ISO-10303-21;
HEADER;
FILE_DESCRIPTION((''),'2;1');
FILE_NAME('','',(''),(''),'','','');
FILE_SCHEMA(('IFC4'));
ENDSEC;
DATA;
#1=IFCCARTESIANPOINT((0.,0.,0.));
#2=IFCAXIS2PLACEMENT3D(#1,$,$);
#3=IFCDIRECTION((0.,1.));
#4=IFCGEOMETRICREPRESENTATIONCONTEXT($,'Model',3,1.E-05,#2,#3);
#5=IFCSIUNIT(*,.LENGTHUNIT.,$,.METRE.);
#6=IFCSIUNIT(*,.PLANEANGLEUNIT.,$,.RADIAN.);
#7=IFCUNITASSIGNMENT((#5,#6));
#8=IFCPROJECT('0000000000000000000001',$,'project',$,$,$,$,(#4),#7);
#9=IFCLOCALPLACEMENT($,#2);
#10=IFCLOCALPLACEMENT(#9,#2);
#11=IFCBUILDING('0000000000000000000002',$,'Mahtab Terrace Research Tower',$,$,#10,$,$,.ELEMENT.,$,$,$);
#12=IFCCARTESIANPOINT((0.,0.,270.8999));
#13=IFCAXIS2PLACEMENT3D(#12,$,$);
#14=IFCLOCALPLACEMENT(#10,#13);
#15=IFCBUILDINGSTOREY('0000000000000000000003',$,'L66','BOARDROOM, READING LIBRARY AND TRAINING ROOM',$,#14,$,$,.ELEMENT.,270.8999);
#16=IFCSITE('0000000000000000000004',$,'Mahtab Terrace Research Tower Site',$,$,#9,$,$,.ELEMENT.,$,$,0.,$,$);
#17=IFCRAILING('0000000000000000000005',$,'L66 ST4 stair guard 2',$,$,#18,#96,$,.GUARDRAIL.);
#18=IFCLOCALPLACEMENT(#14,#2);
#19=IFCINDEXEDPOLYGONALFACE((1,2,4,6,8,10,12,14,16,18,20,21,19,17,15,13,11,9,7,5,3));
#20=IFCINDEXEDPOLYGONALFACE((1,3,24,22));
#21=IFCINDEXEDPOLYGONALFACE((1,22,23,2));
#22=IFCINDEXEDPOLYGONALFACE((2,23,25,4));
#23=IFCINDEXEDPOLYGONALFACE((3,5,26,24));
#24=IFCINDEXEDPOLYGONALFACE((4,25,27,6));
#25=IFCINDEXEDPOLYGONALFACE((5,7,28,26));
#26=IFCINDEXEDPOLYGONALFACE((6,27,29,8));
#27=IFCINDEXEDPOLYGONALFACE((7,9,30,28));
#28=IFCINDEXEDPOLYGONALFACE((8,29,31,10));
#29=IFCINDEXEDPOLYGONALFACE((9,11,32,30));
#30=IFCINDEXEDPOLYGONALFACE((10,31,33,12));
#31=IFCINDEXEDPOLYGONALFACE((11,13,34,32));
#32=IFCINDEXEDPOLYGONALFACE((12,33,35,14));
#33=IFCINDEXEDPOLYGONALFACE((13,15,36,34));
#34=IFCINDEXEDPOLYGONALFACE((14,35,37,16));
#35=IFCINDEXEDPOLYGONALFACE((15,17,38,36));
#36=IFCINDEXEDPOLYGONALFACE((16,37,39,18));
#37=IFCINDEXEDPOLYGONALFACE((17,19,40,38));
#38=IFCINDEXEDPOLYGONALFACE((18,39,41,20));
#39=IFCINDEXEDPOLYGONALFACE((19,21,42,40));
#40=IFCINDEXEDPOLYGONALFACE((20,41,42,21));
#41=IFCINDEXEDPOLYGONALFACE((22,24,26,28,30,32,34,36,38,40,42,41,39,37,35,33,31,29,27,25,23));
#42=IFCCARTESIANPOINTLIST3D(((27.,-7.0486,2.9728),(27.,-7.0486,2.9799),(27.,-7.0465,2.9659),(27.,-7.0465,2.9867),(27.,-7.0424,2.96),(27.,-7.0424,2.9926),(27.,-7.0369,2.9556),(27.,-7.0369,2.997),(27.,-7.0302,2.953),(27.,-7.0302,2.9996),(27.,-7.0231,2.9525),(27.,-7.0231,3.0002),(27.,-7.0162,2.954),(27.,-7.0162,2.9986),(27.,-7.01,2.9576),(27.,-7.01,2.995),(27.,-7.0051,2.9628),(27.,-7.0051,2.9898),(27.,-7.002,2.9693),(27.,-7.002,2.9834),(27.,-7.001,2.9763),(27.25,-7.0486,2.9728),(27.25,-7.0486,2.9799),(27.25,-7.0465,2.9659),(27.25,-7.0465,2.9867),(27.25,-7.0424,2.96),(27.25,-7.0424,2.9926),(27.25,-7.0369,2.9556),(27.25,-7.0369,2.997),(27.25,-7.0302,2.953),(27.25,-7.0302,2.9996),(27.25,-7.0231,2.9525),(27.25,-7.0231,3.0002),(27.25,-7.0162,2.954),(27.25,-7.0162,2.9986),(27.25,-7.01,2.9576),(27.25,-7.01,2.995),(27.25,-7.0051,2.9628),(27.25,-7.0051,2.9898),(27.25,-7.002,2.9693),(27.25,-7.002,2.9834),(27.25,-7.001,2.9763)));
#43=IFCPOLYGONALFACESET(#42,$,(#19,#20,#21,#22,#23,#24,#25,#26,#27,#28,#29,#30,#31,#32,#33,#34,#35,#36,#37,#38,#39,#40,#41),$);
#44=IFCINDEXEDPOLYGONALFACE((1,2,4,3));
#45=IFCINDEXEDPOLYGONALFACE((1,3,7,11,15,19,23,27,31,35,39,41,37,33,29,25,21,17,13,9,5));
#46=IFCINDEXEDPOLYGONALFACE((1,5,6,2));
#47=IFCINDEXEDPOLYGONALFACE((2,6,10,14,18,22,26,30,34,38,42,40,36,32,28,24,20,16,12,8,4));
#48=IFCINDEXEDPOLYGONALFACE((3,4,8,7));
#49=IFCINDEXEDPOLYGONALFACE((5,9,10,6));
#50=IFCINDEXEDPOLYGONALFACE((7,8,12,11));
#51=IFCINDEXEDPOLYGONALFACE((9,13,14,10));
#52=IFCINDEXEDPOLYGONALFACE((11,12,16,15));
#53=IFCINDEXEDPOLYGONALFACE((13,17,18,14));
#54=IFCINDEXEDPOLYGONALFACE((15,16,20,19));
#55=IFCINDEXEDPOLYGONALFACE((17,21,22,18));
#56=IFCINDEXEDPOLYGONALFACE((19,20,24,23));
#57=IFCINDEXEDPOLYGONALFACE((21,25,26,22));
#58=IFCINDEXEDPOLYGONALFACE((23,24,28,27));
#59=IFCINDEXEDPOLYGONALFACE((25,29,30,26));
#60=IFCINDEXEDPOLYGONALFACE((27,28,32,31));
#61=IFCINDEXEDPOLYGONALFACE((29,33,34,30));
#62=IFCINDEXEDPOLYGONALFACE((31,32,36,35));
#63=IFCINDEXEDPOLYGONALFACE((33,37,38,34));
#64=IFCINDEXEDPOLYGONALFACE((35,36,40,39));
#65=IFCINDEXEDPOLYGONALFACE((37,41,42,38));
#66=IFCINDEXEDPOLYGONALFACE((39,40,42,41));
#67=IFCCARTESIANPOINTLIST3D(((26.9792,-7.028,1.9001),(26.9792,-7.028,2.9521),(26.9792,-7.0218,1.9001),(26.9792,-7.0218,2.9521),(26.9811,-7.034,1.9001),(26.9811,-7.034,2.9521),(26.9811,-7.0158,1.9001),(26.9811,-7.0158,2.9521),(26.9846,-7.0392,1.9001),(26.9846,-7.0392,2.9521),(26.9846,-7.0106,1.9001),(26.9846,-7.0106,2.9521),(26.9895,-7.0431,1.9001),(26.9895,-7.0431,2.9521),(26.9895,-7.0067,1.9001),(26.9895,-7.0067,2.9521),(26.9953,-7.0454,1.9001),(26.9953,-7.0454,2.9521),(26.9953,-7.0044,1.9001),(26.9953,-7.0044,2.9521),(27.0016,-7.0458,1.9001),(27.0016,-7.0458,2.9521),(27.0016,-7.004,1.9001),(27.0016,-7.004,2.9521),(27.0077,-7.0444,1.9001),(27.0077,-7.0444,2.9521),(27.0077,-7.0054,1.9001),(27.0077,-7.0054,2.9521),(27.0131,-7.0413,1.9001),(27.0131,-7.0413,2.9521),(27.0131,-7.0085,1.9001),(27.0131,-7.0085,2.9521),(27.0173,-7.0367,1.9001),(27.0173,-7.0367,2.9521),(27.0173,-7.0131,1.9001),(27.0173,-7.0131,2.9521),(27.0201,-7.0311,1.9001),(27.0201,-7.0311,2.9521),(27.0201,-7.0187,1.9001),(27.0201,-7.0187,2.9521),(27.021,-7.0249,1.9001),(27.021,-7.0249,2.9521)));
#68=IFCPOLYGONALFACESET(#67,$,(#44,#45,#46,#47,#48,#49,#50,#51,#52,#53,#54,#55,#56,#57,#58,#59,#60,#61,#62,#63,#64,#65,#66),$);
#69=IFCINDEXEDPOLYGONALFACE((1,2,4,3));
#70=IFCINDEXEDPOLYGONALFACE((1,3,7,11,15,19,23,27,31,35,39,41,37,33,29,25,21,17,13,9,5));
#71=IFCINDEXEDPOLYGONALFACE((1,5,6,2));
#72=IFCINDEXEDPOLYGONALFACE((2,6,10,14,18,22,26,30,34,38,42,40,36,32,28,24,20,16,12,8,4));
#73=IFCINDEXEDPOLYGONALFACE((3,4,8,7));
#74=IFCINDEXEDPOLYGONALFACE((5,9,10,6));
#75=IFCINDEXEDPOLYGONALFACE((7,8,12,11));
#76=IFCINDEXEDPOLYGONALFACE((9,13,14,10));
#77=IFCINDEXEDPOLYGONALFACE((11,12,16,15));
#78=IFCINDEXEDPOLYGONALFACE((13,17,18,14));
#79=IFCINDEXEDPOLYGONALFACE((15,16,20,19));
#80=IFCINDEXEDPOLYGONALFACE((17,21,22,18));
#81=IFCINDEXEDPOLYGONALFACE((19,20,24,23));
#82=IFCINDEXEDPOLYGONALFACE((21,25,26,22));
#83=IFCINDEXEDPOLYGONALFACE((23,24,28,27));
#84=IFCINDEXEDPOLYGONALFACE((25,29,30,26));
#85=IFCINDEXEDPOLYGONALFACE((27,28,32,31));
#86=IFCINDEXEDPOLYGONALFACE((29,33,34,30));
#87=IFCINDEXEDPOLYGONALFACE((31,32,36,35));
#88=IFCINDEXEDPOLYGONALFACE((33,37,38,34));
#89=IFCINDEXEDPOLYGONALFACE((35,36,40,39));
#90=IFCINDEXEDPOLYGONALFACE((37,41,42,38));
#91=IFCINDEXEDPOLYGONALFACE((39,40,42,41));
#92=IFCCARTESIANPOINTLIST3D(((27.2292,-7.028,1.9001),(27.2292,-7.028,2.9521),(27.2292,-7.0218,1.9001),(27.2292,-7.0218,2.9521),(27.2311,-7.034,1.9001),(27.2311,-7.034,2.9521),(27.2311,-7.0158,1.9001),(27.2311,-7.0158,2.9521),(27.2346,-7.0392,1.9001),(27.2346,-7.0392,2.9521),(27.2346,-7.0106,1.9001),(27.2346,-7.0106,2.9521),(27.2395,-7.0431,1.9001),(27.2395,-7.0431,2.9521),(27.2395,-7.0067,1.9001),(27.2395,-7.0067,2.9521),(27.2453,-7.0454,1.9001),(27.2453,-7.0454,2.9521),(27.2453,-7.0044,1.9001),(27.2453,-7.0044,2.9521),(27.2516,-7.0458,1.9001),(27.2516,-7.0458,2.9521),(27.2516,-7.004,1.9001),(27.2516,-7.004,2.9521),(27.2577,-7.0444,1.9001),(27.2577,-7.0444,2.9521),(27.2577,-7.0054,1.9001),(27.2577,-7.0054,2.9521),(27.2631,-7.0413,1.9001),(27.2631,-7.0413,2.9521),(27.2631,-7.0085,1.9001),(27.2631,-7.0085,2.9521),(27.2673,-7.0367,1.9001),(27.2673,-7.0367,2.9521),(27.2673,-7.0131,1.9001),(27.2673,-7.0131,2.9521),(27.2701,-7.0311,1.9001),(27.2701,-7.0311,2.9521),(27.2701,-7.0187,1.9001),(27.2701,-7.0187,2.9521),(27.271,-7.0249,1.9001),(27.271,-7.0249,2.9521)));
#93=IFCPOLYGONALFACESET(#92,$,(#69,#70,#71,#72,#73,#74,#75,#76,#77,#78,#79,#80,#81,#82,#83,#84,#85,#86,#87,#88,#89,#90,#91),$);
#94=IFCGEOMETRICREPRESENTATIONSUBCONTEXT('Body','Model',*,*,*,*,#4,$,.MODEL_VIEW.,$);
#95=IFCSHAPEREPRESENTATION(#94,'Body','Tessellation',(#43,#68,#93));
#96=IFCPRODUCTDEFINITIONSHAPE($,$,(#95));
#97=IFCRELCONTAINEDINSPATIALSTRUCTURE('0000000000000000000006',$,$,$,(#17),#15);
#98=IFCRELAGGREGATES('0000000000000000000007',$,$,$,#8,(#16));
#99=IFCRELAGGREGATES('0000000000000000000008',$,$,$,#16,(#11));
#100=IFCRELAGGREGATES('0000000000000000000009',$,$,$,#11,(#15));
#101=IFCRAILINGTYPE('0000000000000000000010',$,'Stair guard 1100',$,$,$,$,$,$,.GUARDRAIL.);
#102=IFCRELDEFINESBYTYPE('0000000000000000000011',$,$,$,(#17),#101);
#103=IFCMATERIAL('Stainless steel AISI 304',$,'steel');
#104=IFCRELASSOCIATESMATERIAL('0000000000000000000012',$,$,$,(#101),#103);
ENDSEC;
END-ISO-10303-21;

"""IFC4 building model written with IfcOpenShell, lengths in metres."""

from ifc_helpers import new_model, si_unit, direction, frame, origin, origin_2d, place, context, subcontext, project, spatial, circle, extrude, material, type_object, element, save


model = new_model("IFC4")

# Units and contexts
model_context = context("Model", 3, precision=1e-05, world=origin(), true_north=direction((0.0, 1.0)))
body_context = subcontext(model_context, "Body", "Model", "MODEL_VIEW")
ifc_project = project(units=[si_unit("LENGTHUNIT", "METRE"), si_unit("PLANEANGLEUNIT", "RADIAN")], contexts=[model_context])

# Site, building, storey
site_placement = place(None, origin())
site = spatial("IfcSite", under=ifc_project, at=site_placement, Name="Mahtab Terrace Research Tower Site", CompositionType="ELEMENT", RefElevation=0.0)
building_placement = place(site_placement, origin())
building = spatial("IfcBuilding", under=site, at=building_placement, Name="Mahtab Terrace Research Tower", CompositionType="ELEMENT")
storey_placement = place(building_placement, frame((0.0, 0.0, 270.8999)))
storey = spatial("IfcBuildingStorey", under=building, at=storey_placement, Name="L66", Description="BOARDROOM, READING LIBRARY AND TRAINING ROOM", CompositionType="ELEMENT", Elevation=270.8999)

# Railing
ifc_material_1 = material(Name="Stainless steel AISI 304", Category="steel")
railing_type_1 = type_object("IfcRailingType", Name="Stair guard 1100", PredefinedType="GUARDRAIL", material=ifc_material_1)
railing_1_placement = place(storey_placement, frame((27.0, -7.0249, 1.9001)))
element("IfcRailing", 1, at=railing_1_placement, inside=storey, type_object=railing_type_1, Name="L66 ST4 stair guard 2", PredefinedType="GUARDRAIL", context=body_context, shape_type="SweptSolid", body=[
    extrude(circle(Radius=0.0239, at=origin_2d()), frame((0.0, 0.0, 1.0762), z_axis=(1.0, 0.0, 0.0), x_axis=(0.0, 1.0, 0.0)), (0.0, 0.0, 1.0), 0.25),
    extrude(circle(Radius=0.021, at=origin_2d()), origin(), (0.0, 0.0, 1.0), 1.052),
    extrude(circle(Radius=0.021, at=origin_2d()), frame((0.25, 0.0, 0.0)), (0.0, 0.0, 1.0), 1.052),
])

save(model, "model.ifc")
